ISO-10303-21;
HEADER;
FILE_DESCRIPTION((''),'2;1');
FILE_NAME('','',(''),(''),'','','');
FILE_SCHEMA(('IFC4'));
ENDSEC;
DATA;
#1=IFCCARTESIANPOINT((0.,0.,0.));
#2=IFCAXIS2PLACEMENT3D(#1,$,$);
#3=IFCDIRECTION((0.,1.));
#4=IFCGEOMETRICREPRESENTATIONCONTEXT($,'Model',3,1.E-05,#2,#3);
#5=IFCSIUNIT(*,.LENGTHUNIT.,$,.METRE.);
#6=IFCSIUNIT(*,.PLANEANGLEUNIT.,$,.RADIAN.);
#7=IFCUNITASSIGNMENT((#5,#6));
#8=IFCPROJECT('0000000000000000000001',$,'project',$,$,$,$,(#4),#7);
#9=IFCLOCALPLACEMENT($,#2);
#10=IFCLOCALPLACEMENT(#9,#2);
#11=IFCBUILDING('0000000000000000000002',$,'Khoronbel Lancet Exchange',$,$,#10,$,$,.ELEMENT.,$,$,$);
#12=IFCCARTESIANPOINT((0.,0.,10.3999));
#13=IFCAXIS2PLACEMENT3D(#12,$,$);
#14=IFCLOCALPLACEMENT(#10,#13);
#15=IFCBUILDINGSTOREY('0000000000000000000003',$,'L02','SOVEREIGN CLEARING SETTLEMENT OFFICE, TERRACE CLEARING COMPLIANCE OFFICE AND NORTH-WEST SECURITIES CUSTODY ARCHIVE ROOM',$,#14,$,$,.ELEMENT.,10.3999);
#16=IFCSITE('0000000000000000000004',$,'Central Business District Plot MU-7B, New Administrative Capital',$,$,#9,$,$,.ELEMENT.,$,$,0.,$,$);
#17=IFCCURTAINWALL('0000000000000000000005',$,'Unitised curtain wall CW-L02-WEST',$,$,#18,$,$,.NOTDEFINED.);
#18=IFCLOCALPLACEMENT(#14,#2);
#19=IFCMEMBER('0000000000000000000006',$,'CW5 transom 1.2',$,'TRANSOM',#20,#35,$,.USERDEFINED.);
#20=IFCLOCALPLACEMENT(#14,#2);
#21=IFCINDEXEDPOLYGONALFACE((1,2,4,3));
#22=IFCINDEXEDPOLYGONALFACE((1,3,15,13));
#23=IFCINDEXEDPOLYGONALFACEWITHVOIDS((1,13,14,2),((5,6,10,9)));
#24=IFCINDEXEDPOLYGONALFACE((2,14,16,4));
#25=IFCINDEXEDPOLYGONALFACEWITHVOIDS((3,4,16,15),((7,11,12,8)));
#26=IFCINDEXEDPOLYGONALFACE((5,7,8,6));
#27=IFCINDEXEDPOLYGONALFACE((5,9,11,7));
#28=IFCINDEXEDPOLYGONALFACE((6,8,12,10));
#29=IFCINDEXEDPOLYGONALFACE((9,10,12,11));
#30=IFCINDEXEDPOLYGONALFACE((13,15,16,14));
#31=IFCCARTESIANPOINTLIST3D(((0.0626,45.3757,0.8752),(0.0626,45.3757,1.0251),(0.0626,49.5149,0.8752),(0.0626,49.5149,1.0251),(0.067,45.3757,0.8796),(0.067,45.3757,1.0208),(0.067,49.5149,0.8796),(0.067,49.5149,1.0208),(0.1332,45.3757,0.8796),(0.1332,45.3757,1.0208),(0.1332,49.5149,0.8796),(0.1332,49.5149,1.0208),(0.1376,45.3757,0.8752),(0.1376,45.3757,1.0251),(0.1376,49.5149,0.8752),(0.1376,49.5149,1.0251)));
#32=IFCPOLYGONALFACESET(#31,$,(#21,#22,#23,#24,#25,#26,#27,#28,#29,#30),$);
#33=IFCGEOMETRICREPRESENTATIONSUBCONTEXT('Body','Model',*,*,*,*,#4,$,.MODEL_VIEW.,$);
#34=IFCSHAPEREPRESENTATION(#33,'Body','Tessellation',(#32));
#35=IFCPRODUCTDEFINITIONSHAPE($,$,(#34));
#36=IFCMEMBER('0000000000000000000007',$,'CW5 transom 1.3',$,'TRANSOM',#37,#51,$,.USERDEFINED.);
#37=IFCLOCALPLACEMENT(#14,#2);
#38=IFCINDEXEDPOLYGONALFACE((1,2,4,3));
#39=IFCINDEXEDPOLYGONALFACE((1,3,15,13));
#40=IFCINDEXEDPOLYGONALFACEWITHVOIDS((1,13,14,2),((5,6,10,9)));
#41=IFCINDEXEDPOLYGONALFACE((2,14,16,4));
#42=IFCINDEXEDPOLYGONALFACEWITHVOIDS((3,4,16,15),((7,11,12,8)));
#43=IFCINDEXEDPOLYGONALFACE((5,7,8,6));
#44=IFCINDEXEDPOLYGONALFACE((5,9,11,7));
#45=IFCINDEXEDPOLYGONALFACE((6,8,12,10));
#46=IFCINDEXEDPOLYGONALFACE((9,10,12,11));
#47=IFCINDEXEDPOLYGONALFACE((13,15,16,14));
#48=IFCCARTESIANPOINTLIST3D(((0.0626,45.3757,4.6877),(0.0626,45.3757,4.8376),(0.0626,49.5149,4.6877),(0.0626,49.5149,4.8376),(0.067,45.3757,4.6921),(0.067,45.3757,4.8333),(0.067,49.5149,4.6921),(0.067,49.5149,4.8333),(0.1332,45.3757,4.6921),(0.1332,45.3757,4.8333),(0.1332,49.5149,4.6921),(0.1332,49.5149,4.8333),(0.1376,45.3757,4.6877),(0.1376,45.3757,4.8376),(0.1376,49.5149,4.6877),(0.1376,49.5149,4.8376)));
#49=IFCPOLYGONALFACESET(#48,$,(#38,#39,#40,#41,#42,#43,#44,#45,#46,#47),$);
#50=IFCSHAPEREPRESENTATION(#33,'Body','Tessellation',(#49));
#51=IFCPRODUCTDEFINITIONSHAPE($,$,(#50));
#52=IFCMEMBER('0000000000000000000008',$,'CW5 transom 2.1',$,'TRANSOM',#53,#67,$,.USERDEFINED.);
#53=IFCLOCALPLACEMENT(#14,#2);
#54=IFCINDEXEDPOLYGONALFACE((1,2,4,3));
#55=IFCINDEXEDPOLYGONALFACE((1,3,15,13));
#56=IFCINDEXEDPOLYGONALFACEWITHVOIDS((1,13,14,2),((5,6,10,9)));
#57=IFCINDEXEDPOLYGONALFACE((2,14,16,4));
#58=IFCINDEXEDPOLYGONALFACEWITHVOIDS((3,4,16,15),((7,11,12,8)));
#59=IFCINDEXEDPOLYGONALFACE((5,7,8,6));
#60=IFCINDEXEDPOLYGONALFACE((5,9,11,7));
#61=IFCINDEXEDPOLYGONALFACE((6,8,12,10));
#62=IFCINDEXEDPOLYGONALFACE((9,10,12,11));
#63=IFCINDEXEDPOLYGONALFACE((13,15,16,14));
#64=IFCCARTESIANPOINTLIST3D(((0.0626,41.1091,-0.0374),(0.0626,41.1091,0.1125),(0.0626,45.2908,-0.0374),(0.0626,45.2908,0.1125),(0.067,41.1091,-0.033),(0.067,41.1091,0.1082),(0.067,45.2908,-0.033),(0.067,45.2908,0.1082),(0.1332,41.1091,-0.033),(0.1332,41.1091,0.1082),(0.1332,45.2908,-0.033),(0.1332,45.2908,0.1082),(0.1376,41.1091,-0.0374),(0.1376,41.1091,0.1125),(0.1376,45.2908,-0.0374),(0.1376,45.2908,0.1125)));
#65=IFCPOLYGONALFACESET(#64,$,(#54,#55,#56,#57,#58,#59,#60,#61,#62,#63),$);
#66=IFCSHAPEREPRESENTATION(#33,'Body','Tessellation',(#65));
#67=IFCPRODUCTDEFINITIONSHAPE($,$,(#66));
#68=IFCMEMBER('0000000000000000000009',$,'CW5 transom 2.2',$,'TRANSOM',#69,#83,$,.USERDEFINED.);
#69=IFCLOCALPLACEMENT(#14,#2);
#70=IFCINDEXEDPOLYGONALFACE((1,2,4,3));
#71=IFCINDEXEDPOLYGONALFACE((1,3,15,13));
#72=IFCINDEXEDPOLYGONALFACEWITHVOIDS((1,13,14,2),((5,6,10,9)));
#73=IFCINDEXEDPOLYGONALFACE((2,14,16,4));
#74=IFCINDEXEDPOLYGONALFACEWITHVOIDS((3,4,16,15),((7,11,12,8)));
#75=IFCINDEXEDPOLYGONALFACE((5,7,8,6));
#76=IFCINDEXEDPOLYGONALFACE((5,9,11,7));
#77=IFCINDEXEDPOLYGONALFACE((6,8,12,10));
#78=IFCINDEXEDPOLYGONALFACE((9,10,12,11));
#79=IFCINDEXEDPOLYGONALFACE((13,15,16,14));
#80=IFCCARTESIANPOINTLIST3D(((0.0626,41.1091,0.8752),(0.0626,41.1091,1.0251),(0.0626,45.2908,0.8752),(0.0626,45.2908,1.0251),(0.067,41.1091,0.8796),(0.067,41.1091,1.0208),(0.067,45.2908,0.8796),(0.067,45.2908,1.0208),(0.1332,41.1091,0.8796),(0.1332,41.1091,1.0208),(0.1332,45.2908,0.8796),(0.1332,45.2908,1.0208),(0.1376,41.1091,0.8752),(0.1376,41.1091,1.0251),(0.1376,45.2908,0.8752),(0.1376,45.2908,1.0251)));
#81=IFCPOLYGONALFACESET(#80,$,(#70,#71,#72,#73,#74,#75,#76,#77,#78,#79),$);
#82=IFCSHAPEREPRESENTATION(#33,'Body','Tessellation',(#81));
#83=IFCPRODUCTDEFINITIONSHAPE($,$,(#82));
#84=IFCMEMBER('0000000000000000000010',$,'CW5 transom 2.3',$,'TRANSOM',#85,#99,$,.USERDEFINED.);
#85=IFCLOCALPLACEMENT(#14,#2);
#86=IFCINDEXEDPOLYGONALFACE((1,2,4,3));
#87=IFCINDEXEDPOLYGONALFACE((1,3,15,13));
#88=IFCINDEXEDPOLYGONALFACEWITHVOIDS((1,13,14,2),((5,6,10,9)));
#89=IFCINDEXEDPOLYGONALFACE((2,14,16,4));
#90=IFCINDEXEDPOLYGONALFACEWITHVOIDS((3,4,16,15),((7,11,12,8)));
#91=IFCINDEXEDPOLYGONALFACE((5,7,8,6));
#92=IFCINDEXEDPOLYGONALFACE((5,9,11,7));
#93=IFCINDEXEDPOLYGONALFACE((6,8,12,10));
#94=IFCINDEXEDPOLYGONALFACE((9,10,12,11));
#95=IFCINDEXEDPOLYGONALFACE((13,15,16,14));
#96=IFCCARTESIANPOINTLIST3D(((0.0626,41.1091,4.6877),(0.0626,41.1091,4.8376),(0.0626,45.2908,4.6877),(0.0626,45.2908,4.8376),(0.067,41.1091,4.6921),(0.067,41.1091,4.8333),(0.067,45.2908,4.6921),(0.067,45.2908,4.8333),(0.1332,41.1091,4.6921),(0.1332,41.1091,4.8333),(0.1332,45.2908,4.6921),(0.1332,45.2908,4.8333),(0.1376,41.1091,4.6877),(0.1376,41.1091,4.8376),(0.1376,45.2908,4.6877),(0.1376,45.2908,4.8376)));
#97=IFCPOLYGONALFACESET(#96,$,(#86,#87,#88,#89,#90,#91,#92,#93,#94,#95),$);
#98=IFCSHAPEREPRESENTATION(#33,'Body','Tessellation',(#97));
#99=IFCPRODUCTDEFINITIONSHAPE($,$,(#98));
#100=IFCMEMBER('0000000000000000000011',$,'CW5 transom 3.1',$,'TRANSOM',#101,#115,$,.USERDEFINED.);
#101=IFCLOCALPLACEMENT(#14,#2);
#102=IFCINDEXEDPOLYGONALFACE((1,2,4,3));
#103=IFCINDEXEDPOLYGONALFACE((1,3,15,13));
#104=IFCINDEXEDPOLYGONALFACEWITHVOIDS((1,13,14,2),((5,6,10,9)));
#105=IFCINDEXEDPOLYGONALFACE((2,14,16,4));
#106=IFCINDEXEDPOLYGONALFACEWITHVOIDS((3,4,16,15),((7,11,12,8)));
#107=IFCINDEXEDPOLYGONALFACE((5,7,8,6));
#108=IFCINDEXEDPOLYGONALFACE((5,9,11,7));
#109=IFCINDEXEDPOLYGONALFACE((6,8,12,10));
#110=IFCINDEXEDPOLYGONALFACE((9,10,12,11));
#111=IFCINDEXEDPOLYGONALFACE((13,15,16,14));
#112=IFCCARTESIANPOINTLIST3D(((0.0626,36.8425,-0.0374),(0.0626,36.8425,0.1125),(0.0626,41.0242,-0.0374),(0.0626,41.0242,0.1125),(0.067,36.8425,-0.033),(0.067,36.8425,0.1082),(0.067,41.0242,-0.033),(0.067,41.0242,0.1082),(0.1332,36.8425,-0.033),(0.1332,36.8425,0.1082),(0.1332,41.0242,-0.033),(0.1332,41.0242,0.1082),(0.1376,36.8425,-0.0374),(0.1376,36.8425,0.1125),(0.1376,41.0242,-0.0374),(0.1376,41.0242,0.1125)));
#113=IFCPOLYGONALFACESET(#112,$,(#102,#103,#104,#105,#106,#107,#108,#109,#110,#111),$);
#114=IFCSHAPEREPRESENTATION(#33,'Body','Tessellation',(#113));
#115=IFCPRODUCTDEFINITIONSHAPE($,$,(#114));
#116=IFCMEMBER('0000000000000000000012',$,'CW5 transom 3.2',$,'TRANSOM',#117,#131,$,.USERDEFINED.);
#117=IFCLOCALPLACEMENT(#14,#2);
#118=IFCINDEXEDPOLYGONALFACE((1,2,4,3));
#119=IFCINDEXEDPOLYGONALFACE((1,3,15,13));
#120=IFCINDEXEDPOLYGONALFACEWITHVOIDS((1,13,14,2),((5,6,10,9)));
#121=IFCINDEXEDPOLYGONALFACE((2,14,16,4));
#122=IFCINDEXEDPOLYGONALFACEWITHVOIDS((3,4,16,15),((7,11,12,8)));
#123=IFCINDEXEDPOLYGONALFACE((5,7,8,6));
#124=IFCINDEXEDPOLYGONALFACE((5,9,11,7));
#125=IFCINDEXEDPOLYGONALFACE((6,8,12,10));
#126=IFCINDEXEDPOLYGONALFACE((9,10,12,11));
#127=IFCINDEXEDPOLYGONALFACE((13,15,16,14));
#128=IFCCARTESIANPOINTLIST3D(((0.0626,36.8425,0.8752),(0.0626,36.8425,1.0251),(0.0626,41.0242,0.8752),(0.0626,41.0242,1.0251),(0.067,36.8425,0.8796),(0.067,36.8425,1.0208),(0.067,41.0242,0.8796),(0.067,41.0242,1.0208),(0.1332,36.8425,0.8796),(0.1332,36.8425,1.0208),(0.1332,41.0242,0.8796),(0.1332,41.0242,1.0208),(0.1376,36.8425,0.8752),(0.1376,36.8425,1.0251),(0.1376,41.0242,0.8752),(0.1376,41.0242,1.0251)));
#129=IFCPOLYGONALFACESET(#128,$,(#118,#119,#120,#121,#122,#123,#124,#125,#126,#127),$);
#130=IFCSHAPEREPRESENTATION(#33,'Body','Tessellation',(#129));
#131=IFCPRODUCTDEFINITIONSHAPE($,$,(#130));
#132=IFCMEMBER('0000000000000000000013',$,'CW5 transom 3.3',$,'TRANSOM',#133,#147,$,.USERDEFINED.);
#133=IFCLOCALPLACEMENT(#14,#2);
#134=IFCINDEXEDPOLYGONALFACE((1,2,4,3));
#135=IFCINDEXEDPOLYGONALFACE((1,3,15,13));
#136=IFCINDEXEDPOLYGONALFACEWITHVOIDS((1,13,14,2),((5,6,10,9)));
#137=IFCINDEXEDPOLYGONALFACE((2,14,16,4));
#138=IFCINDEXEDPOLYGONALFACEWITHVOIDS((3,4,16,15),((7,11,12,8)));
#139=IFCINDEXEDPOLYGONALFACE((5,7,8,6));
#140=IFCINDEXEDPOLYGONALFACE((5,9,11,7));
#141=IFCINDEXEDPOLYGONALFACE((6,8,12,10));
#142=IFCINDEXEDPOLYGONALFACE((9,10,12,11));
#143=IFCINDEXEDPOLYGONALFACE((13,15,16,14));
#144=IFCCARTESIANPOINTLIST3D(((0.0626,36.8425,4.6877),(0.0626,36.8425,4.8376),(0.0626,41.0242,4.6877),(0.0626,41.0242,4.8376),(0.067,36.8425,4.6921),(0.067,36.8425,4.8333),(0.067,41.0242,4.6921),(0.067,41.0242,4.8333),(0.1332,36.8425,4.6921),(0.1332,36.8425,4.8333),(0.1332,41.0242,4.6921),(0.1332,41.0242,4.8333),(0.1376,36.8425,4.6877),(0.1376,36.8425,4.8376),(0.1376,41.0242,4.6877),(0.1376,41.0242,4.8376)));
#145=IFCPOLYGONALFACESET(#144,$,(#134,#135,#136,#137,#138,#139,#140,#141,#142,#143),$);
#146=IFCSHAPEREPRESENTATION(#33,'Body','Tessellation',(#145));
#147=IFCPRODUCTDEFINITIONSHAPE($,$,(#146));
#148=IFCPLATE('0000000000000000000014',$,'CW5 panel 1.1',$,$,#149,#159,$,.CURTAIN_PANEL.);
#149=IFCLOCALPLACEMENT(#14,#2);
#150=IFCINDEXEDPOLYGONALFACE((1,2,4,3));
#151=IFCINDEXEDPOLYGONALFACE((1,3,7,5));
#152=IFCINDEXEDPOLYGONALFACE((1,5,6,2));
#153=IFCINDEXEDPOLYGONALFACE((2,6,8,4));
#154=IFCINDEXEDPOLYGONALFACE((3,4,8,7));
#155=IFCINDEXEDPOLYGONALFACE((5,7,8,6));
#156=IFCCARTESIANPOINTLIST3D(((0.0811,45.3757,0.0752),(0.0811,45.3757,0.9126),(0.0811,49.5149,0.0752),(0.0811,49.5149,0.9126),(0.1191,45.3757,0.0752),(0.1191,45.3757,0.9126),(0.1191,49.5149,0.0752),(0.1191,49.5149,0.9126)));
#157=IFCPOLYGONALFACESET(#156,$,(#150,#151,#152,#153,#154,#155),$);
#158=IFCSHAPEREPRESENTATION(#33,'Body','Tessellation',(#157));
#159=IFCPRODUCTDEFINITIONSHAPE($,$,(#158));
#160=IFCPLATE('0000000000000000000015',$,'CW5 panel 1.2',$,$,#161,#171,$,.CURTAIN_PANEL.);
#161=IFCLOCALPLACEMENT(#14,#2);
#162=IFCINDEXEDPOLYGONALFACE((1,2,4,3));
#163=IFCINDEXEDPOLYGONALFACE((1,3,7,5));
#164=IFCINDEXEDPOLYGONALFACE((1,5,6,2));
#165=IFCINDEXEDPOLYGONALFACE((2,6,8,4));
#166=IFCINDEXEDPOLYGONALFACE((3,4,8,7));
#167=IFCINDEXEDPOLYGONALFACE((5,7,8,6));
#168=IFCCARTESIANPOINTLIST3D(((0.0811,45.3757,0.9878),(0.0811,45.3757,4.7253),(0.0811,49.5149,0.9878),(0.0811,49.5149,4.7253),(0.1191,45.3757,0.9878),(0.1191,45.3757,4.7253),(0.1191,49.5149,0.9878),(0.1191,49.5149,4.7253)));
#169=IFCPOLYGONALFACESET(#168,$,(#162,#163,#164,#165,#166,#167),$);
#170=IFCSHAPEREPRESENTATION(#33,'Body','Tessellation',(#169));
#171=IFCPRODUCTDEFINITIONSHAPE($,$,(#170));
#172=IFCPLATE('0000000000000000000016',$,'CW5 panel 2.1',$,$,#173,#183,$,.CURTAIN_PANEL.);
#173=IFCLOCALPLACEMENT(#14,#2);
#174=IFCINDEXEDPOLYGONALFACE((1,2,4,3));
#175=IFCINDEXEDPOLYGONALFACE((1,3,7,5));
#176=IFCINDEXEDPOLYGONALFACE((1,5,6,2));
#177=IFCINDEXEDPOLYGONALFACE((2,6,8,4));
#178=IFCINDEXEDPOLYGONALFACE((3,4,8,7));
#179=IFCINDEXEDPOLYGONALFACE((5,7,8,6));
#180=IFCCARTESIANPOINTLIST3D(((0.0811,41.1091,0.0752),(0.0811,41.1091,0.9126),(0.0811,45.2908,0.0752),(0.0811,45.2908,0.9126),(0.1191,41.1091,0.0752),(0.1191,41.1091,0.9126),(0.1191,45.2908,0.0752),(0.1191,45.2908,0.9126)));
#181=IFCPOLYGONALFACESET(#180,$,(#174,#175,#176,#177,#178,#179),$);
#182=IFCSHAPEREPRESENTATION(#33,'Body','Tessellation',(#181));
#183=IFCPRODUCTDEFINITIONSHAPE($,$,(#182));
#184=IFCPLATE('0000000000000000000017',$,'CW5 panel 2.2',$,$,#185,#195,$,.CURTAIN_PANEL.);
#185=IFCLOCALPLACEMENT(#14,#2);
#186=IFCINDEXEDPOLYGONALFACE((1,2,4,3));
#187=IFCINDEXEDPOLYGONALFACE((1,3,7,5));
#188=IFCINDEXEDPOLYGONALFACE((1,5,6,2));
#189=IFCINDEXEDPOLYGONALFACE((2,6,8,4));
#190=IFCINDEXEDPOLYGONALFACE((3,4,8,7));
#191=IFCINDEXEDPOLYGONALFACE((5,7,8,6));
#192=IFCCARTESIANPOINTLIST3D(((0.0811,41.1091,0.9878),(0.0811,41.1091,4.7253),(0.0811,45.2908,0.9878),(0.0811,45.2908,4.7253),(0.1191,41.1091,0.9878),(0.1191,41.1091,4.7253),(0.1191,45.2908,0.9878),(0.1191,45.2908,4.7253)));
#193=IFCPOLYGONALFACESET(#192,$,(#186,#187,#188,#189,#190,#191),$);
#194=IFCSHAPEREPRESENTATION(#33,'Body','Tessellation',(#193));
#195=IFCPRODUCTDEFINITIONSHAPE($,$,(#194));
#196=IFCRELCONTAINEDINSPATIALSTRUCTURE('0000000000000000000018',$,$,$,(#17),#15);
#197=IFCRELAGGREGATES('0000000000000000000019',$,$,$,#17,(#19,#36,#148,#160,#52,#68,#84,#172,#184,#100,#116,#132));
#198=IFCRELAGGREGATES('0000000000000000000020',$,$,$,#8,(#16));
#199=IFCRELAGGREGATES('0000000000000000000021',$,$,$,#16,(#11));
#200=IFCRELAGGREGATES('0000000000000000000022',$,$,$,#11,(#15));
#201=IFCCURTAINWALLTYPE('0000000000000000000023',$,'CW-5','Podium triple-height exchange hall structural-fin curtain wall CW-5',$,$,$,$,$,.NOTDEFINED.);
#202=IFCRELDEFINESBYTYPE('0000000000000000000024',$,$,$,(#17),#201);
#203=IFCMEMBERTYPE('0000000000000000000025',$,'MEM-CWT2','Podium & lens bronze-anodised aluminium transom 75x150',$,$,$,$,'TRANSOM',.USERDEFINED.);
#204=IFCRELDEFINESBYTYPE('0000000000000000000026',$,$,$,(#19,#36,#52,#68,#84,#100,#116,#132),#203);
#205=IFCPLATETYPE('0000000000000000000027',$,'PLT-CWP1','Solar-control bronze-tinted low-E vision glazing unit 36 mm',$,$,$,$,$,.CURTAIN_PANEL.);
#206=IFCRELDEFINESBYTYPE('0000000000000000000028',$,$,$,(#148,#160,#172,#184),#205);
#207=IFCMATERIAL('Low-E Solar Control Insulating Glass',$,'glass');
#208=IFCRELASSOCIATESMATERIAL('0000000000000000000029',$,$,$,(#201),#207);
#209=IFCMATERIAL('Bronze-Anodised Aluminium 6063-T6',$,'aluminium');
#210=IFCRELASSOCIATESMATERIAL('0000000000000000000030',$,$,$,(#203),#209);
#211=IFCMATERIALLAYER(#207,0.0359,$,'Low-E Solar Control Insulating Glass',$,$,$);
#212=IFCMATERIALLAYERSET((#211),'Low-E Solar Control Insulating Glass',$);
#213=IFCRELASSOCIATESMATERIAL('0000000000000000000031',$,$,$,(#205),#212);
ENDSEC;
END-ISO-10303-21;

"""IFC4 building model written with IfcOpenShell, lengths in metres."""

from ifc_helpers import new_model, si_unit, direction, frame, origin, origin_2d, place, context, subcontext, project, spatial, rectangle, hollow_rectangle, extrude, material, layer, layer_set, material_profile, profile_set, type_object, element, aggregate, save


model = new_model("IFC4")

# Units and contexts
model_context = context("Model", 3, precision=1e-05, world=origin(), true_north=direction((0.0, 1.0)))
body_context = subcontext(model_context, "Body", "Model", "MODEL_VIEW")
ifc_project = project(units=[si_unit("LENGTHUNIT", "METRE"), si_unit("PLANEANGLEUNIT", "RADIAN")], contexts=[model_context])

# Site, building, storey
site_placement = place(None, origin())
site = spatial("IfcSite", under=ifc_project, at=site_placement, Name="Central Business District Plot MU-7B, New Administrative Capital", CompositionType="ELEMENT", RefElevation=0.0)
building_placement = place(site_placement, origin())
building = spatial("IfcBuilding", under=site, at=building_placement, Name="Khoronbel Lancet Exchange", CompositionType="ELEMENT")
storey_placement = place(building_placement, frame((0.0, 0.0, 10.3999)))
storey = spatial("IfcBuildingStorey", under=building, at=storey_placement, Name="L02", Description="SOVEREIGN CLEARING SETTLEMENT OFFICE, TERRACE CLEARING COMPLIANCE OFFICE AND NORTH-WEST SECURITIES CUSTODY ARCHIVE ROOM", CompositionType="ELEMENT", Elevation=10.3999)

# Curtain wall, members, plates
ifc_material_1 = material(Name="Low-E Solar Control Insulating Glass", Category="glass")
curtain_wall_type = type_object("IfcCurtainWallType", Name="CW-5", Description="Podium triple-height exchange hall structural-fin curtain wall CW-5", PredefinedType="NOTDEFINED", material=ifc_material_1)
curtain_wall_placement = place(storey_placement, origin())
curtain_wall = element("IfcCurtainWall", 1, at=curtain_wall_placement, inside=storey, type_object=curtain_wall_type, Name="Unitised curtain wall CW-L02-WEST", PredefinedType="NOTDEFINED")
ifc_material_2 = material(Name="Bronze-Anodised Aluminium 6063-T6", Category="aluminium")
ifc_material_profile_1 = material_profile(ifc_material_2, hollow_rectangle(XDim=0.075, YDim=0.1499, WallThickness=0.0044, at=origin_2d()), Name="ALU TRANSOM 75x150")
ifc_profile_set_1 = profile_set([ifc_material_profile_1], Name="Bronze-Anodised Aluminium 6063-T6")
member_type_1 = type_object("IfcMemberType", Name="MEM-CWT2", Description="Podium & lens bronze-anodised aluminium transom 75x150", ElementType="TRANSOM", PredefinedType="USERDEFINED", material=ifc_profile_set_1)
member_1_placement = place(storey_placement, frame((0.1001, 49.5149, 0.9502), z_axis=(0.0, -1.0, 0.0), x_axis=(1.0, 0.0, 0.0)))
member_1 = element("IfcMember", 2, at=member_1_placement, type_object=member_type_1, Name="CW5 transom 1.2", ObjectType="TRANSOM", PredefinedType="USERDEFINED", context=body_context, shape_type="SweptSolid", body=[
    extrude(hollow_rectangle(XDim=0.075, YDim=0.1499, WallThickness=0.0044, at=origin_2d()), origin(), (0.0, 0.0, 1.0), 4.1392),
])
member_2_placement = place(storey_placement, frame((0.1001, 49.5149, 4.7627), z_axis=(0.0, -1.0, 0.0), x_axis=(1.0, 0.0, 0.0)))
member_2 = element("IfcMember", 3, at=member_2_placement, type_object=member_type_1, Name="CW5 transom 1.3", ObjectType="TRANSOM", PredefinedType="USERDEFINED", context=body_context, shape_type="SweptSolid", body=[
    extrude(hollow_rectangle(XDim=0.075, YDim=0.1499, WallThickness=0.0044, at=origin_2d()), origin(), (0.0, 0.0, 1.0), 4.1392),
])
member_3_placement = place(storey_placement, frame((0.1001, 45.2908, 0.0376), z_axis=(0.0, -1.0, 0.0), x_axis=(1.0, 0.0, 0.0)))
member_3 = element("IfcMember", 4, at=member_3_placement, type_object=member_type_1, Name="CW5 transom 2.1", ObjectType="TRANSOM", PredefinedType="USERDEFINED", context=body_context, shape_type="SweptSolid", body=[
    extrude(hollow_rectangle(XDim=0.075, YDim=0.1499, WallThickness=0.0044, at=origin_2d()), origin(), (0.0, 0.0, 1.0), 4.1816),
])
member_4_placement = place(storey_placement, frame((0.1001, 45.2908, 0.9502), z_axis=(0.0, -1.0, 0.0), x_axis=(1.0, 0.0, 0.0)))
member_4 = element("IfcMember", 5, at=member_4_placement, type_object=member_type_1, Name="CW5 transom 2.2", ObjectType="TRANSOM", PredefinedType="USERDEFINED", context=body_context, shape_type="SweptSolid", body=[
    extrude(hollow_rectangle(XDim=0.075, YDim=0.1499, WallThickness=0.0044, at=origin_2d()), origin(), (0.0, 0.0, 1.0), 4.1816),
])
member_5_placement = place(storey_placement, frame((0.1001, 45.2908, 4.7627), z_axis=(0.0, -1.0, 0.0), x_axis=(1.0, 0.0, 0.0)))
member_5 = element("IfcMember", 6, at=member_5_placement, type_object=member_type_1, Name="CW5 transom 2.3", ObjectType="TRANSOM", PredefinedType="USERDEFINED", context=body_context, shape_type="SweptSolid", body=[
    extrude(hollow_rectangle(XDim=0.075, YDim=0.1499, WallThickness=0.0044, at=origin_2d()), origin(), (0.0, 0.0, 1.0), 4.1816),
])
member_6_placement = place(storey_placement, frame((0.1001, 41.0242, 0.0376), z_axis=(0.0, -1.0, 0.0), x_axis=(1.0, 0.0, 0.0)))
member_6 = element("IfcMember", 7, at=member_6_placement, type_object=member_type_1, Name="CW5 transom 3.1", ObjectType="TRANSOM", PredefinedType="USERDEFINED", context=body_context, shape_type="SweptSolid", body=[
    extrude(hollow_rectangle(XDim=0.075, YDim=0.1499, WallThickness=0.0044, at=origin_2d()), origin(), (0.0, 0.0, 1.0), 4.1816),
])
member_7_placement = place(storey_placement, frame((0.1001, 41.0242, 0.9502), z_axis=(0.0, -1.0, 0.0), x_axis=(1.0, 0.0, 0.0)))
member_7 = element("IfcMember", 8, at=member_7_placement, type_object=member_type_1, Name="CW5 transom 3.2", ObjectType="TRANSOM", PredefinedType="USERDEFINED", context=body_context, shape_type="SweptSolid", body=[
    extrude(hollow_rectangle(XDim=0.075, YDim=0.1499, WallThickness=0.0044, at=origin_2d()), origin(), (0.0, 0.0, 1.0), 4.1816),
])
member_8_placement = place(storey_placement, frame((0.1001, 41.0242, 4.7627), z_axis=(0.0, -1.0, 0.0), x_axis=(1.0, 0.0, 0.0)))
member_8 = element("IfcMember", 9, at=member_8_placement, type_object=member_type_1, Name="CW5 transom 3.3", ObjectType="TRANSOM", PredefinedType="USERDEFINED", context=body_context, shape_type="SweptSolid", body=[
    extrude(hollow_rectangle(XDim=0.075, YDim=0.1499, WallThickness=0.0044, at=origin_2d()), origin(), (0.0, 0.0, 1.0), 4.1816),
])
ifc_layer_1 = layer(ifc_material_1, 0.0359, Name="Low-E Solar Control Insulating Glass")
ifc_layer_set_1 = layer_set([ifc_layer_1], Name="Low-E Solar Control Insulating Glass")
plate_type = type_object("IfcPlateType", Name="PLT-CWP1", Description="Solar-control bronze-tinted low-E vision glazing unit 36 mm", PredefinedType="CURTAIN_PANEL", material=ifc_layer_set_1)
plate_1_placement = place(storey_placement, frame((0.1001, 47.4453, 0.0752), z_axis=(0.0, 0.0, 1.0), x_axis=(0.0, -1.0, 0.0)))
plate_1 = element("IfcPlate", 10, at=plate_1_placement, type_object=plate_type, Name="CW5 panel 1.1", PredefinedType="CURTAIN_PANEL", context=body_context, shape_type="SweptSolid", body=[
    extrude(rectangle(XDim=4.1392, YDim=0.0381, at=origin_2d()), origin(), (0.0, 0.0, 1.0), 0.8374),
])
plate_2_placement = place(storey_placement, frame((0.1001, 47.4453, 0.9878), z_axis=(0.0, 0.0, 1.0), x_axis=(0.0, -1.0, 0.0)))
plate_2 = element("IfcPlate", 11, at=plate_2_placement, type_object=plate_type, Name="CW5 panel 1.2", PredefinedType="CURTAIN_PANEL", context=body_context, shape_type="SweptSolid", body=[
    extrude(rectangle(XDim=4.1392, YDim=0.0381, at=origin_2d()), origin(), (0.0, 0.0, 1.0), 3.7375),
])
plate_3_placement = place(storey_placement, frame((0.1001, 43.2, 0.0752), z_axis=(0.0, 0.0, 1.0), x_axis=(0.0, -1.0, 0.0)))
plate_3 = element("IfcPlate", 12, at=plate_3_placement, type_object=plate_type, Name="CW5 panel 2.1", PredefinedType="CURTAIN_PANEL", context=body_context, shape_type="SweptSolid", body=[
    extrude(rectangle(XDim=4.1816, YDim=0.0381, at=origin_2d()), origin(), (0.0, 0.0, 1.0), 0.8374),
])
plate_4_placement = place(storey_placement, frame((0.1001, 43.2, 0.9878), z_axis=(0.0, 0.0, 1.0), x_axis=(0.0, -1.0, 0.0)))
plate_4 = element("IfcPlate", 13, at=plate_4_placement, type_object=plate_type, Name="CW5 panel 2.2", PredefinedType="CURTAIN_PANEL", context=body_context, shape_type="SweptSolid", body=[
    extrude(rectangle(XDim=4.1816, YDim=0.0381, at=origin_2d()), origin(), (0.0, 0.0, 1.0), 3.7375),
])
aggregate(curtain_wall, [member_1, member_2, plate_1, plate_2, member_3, member_4, member_5, plate_3, plate_4, member_6, member_7, member_8])

save(model, "model.ifc")
